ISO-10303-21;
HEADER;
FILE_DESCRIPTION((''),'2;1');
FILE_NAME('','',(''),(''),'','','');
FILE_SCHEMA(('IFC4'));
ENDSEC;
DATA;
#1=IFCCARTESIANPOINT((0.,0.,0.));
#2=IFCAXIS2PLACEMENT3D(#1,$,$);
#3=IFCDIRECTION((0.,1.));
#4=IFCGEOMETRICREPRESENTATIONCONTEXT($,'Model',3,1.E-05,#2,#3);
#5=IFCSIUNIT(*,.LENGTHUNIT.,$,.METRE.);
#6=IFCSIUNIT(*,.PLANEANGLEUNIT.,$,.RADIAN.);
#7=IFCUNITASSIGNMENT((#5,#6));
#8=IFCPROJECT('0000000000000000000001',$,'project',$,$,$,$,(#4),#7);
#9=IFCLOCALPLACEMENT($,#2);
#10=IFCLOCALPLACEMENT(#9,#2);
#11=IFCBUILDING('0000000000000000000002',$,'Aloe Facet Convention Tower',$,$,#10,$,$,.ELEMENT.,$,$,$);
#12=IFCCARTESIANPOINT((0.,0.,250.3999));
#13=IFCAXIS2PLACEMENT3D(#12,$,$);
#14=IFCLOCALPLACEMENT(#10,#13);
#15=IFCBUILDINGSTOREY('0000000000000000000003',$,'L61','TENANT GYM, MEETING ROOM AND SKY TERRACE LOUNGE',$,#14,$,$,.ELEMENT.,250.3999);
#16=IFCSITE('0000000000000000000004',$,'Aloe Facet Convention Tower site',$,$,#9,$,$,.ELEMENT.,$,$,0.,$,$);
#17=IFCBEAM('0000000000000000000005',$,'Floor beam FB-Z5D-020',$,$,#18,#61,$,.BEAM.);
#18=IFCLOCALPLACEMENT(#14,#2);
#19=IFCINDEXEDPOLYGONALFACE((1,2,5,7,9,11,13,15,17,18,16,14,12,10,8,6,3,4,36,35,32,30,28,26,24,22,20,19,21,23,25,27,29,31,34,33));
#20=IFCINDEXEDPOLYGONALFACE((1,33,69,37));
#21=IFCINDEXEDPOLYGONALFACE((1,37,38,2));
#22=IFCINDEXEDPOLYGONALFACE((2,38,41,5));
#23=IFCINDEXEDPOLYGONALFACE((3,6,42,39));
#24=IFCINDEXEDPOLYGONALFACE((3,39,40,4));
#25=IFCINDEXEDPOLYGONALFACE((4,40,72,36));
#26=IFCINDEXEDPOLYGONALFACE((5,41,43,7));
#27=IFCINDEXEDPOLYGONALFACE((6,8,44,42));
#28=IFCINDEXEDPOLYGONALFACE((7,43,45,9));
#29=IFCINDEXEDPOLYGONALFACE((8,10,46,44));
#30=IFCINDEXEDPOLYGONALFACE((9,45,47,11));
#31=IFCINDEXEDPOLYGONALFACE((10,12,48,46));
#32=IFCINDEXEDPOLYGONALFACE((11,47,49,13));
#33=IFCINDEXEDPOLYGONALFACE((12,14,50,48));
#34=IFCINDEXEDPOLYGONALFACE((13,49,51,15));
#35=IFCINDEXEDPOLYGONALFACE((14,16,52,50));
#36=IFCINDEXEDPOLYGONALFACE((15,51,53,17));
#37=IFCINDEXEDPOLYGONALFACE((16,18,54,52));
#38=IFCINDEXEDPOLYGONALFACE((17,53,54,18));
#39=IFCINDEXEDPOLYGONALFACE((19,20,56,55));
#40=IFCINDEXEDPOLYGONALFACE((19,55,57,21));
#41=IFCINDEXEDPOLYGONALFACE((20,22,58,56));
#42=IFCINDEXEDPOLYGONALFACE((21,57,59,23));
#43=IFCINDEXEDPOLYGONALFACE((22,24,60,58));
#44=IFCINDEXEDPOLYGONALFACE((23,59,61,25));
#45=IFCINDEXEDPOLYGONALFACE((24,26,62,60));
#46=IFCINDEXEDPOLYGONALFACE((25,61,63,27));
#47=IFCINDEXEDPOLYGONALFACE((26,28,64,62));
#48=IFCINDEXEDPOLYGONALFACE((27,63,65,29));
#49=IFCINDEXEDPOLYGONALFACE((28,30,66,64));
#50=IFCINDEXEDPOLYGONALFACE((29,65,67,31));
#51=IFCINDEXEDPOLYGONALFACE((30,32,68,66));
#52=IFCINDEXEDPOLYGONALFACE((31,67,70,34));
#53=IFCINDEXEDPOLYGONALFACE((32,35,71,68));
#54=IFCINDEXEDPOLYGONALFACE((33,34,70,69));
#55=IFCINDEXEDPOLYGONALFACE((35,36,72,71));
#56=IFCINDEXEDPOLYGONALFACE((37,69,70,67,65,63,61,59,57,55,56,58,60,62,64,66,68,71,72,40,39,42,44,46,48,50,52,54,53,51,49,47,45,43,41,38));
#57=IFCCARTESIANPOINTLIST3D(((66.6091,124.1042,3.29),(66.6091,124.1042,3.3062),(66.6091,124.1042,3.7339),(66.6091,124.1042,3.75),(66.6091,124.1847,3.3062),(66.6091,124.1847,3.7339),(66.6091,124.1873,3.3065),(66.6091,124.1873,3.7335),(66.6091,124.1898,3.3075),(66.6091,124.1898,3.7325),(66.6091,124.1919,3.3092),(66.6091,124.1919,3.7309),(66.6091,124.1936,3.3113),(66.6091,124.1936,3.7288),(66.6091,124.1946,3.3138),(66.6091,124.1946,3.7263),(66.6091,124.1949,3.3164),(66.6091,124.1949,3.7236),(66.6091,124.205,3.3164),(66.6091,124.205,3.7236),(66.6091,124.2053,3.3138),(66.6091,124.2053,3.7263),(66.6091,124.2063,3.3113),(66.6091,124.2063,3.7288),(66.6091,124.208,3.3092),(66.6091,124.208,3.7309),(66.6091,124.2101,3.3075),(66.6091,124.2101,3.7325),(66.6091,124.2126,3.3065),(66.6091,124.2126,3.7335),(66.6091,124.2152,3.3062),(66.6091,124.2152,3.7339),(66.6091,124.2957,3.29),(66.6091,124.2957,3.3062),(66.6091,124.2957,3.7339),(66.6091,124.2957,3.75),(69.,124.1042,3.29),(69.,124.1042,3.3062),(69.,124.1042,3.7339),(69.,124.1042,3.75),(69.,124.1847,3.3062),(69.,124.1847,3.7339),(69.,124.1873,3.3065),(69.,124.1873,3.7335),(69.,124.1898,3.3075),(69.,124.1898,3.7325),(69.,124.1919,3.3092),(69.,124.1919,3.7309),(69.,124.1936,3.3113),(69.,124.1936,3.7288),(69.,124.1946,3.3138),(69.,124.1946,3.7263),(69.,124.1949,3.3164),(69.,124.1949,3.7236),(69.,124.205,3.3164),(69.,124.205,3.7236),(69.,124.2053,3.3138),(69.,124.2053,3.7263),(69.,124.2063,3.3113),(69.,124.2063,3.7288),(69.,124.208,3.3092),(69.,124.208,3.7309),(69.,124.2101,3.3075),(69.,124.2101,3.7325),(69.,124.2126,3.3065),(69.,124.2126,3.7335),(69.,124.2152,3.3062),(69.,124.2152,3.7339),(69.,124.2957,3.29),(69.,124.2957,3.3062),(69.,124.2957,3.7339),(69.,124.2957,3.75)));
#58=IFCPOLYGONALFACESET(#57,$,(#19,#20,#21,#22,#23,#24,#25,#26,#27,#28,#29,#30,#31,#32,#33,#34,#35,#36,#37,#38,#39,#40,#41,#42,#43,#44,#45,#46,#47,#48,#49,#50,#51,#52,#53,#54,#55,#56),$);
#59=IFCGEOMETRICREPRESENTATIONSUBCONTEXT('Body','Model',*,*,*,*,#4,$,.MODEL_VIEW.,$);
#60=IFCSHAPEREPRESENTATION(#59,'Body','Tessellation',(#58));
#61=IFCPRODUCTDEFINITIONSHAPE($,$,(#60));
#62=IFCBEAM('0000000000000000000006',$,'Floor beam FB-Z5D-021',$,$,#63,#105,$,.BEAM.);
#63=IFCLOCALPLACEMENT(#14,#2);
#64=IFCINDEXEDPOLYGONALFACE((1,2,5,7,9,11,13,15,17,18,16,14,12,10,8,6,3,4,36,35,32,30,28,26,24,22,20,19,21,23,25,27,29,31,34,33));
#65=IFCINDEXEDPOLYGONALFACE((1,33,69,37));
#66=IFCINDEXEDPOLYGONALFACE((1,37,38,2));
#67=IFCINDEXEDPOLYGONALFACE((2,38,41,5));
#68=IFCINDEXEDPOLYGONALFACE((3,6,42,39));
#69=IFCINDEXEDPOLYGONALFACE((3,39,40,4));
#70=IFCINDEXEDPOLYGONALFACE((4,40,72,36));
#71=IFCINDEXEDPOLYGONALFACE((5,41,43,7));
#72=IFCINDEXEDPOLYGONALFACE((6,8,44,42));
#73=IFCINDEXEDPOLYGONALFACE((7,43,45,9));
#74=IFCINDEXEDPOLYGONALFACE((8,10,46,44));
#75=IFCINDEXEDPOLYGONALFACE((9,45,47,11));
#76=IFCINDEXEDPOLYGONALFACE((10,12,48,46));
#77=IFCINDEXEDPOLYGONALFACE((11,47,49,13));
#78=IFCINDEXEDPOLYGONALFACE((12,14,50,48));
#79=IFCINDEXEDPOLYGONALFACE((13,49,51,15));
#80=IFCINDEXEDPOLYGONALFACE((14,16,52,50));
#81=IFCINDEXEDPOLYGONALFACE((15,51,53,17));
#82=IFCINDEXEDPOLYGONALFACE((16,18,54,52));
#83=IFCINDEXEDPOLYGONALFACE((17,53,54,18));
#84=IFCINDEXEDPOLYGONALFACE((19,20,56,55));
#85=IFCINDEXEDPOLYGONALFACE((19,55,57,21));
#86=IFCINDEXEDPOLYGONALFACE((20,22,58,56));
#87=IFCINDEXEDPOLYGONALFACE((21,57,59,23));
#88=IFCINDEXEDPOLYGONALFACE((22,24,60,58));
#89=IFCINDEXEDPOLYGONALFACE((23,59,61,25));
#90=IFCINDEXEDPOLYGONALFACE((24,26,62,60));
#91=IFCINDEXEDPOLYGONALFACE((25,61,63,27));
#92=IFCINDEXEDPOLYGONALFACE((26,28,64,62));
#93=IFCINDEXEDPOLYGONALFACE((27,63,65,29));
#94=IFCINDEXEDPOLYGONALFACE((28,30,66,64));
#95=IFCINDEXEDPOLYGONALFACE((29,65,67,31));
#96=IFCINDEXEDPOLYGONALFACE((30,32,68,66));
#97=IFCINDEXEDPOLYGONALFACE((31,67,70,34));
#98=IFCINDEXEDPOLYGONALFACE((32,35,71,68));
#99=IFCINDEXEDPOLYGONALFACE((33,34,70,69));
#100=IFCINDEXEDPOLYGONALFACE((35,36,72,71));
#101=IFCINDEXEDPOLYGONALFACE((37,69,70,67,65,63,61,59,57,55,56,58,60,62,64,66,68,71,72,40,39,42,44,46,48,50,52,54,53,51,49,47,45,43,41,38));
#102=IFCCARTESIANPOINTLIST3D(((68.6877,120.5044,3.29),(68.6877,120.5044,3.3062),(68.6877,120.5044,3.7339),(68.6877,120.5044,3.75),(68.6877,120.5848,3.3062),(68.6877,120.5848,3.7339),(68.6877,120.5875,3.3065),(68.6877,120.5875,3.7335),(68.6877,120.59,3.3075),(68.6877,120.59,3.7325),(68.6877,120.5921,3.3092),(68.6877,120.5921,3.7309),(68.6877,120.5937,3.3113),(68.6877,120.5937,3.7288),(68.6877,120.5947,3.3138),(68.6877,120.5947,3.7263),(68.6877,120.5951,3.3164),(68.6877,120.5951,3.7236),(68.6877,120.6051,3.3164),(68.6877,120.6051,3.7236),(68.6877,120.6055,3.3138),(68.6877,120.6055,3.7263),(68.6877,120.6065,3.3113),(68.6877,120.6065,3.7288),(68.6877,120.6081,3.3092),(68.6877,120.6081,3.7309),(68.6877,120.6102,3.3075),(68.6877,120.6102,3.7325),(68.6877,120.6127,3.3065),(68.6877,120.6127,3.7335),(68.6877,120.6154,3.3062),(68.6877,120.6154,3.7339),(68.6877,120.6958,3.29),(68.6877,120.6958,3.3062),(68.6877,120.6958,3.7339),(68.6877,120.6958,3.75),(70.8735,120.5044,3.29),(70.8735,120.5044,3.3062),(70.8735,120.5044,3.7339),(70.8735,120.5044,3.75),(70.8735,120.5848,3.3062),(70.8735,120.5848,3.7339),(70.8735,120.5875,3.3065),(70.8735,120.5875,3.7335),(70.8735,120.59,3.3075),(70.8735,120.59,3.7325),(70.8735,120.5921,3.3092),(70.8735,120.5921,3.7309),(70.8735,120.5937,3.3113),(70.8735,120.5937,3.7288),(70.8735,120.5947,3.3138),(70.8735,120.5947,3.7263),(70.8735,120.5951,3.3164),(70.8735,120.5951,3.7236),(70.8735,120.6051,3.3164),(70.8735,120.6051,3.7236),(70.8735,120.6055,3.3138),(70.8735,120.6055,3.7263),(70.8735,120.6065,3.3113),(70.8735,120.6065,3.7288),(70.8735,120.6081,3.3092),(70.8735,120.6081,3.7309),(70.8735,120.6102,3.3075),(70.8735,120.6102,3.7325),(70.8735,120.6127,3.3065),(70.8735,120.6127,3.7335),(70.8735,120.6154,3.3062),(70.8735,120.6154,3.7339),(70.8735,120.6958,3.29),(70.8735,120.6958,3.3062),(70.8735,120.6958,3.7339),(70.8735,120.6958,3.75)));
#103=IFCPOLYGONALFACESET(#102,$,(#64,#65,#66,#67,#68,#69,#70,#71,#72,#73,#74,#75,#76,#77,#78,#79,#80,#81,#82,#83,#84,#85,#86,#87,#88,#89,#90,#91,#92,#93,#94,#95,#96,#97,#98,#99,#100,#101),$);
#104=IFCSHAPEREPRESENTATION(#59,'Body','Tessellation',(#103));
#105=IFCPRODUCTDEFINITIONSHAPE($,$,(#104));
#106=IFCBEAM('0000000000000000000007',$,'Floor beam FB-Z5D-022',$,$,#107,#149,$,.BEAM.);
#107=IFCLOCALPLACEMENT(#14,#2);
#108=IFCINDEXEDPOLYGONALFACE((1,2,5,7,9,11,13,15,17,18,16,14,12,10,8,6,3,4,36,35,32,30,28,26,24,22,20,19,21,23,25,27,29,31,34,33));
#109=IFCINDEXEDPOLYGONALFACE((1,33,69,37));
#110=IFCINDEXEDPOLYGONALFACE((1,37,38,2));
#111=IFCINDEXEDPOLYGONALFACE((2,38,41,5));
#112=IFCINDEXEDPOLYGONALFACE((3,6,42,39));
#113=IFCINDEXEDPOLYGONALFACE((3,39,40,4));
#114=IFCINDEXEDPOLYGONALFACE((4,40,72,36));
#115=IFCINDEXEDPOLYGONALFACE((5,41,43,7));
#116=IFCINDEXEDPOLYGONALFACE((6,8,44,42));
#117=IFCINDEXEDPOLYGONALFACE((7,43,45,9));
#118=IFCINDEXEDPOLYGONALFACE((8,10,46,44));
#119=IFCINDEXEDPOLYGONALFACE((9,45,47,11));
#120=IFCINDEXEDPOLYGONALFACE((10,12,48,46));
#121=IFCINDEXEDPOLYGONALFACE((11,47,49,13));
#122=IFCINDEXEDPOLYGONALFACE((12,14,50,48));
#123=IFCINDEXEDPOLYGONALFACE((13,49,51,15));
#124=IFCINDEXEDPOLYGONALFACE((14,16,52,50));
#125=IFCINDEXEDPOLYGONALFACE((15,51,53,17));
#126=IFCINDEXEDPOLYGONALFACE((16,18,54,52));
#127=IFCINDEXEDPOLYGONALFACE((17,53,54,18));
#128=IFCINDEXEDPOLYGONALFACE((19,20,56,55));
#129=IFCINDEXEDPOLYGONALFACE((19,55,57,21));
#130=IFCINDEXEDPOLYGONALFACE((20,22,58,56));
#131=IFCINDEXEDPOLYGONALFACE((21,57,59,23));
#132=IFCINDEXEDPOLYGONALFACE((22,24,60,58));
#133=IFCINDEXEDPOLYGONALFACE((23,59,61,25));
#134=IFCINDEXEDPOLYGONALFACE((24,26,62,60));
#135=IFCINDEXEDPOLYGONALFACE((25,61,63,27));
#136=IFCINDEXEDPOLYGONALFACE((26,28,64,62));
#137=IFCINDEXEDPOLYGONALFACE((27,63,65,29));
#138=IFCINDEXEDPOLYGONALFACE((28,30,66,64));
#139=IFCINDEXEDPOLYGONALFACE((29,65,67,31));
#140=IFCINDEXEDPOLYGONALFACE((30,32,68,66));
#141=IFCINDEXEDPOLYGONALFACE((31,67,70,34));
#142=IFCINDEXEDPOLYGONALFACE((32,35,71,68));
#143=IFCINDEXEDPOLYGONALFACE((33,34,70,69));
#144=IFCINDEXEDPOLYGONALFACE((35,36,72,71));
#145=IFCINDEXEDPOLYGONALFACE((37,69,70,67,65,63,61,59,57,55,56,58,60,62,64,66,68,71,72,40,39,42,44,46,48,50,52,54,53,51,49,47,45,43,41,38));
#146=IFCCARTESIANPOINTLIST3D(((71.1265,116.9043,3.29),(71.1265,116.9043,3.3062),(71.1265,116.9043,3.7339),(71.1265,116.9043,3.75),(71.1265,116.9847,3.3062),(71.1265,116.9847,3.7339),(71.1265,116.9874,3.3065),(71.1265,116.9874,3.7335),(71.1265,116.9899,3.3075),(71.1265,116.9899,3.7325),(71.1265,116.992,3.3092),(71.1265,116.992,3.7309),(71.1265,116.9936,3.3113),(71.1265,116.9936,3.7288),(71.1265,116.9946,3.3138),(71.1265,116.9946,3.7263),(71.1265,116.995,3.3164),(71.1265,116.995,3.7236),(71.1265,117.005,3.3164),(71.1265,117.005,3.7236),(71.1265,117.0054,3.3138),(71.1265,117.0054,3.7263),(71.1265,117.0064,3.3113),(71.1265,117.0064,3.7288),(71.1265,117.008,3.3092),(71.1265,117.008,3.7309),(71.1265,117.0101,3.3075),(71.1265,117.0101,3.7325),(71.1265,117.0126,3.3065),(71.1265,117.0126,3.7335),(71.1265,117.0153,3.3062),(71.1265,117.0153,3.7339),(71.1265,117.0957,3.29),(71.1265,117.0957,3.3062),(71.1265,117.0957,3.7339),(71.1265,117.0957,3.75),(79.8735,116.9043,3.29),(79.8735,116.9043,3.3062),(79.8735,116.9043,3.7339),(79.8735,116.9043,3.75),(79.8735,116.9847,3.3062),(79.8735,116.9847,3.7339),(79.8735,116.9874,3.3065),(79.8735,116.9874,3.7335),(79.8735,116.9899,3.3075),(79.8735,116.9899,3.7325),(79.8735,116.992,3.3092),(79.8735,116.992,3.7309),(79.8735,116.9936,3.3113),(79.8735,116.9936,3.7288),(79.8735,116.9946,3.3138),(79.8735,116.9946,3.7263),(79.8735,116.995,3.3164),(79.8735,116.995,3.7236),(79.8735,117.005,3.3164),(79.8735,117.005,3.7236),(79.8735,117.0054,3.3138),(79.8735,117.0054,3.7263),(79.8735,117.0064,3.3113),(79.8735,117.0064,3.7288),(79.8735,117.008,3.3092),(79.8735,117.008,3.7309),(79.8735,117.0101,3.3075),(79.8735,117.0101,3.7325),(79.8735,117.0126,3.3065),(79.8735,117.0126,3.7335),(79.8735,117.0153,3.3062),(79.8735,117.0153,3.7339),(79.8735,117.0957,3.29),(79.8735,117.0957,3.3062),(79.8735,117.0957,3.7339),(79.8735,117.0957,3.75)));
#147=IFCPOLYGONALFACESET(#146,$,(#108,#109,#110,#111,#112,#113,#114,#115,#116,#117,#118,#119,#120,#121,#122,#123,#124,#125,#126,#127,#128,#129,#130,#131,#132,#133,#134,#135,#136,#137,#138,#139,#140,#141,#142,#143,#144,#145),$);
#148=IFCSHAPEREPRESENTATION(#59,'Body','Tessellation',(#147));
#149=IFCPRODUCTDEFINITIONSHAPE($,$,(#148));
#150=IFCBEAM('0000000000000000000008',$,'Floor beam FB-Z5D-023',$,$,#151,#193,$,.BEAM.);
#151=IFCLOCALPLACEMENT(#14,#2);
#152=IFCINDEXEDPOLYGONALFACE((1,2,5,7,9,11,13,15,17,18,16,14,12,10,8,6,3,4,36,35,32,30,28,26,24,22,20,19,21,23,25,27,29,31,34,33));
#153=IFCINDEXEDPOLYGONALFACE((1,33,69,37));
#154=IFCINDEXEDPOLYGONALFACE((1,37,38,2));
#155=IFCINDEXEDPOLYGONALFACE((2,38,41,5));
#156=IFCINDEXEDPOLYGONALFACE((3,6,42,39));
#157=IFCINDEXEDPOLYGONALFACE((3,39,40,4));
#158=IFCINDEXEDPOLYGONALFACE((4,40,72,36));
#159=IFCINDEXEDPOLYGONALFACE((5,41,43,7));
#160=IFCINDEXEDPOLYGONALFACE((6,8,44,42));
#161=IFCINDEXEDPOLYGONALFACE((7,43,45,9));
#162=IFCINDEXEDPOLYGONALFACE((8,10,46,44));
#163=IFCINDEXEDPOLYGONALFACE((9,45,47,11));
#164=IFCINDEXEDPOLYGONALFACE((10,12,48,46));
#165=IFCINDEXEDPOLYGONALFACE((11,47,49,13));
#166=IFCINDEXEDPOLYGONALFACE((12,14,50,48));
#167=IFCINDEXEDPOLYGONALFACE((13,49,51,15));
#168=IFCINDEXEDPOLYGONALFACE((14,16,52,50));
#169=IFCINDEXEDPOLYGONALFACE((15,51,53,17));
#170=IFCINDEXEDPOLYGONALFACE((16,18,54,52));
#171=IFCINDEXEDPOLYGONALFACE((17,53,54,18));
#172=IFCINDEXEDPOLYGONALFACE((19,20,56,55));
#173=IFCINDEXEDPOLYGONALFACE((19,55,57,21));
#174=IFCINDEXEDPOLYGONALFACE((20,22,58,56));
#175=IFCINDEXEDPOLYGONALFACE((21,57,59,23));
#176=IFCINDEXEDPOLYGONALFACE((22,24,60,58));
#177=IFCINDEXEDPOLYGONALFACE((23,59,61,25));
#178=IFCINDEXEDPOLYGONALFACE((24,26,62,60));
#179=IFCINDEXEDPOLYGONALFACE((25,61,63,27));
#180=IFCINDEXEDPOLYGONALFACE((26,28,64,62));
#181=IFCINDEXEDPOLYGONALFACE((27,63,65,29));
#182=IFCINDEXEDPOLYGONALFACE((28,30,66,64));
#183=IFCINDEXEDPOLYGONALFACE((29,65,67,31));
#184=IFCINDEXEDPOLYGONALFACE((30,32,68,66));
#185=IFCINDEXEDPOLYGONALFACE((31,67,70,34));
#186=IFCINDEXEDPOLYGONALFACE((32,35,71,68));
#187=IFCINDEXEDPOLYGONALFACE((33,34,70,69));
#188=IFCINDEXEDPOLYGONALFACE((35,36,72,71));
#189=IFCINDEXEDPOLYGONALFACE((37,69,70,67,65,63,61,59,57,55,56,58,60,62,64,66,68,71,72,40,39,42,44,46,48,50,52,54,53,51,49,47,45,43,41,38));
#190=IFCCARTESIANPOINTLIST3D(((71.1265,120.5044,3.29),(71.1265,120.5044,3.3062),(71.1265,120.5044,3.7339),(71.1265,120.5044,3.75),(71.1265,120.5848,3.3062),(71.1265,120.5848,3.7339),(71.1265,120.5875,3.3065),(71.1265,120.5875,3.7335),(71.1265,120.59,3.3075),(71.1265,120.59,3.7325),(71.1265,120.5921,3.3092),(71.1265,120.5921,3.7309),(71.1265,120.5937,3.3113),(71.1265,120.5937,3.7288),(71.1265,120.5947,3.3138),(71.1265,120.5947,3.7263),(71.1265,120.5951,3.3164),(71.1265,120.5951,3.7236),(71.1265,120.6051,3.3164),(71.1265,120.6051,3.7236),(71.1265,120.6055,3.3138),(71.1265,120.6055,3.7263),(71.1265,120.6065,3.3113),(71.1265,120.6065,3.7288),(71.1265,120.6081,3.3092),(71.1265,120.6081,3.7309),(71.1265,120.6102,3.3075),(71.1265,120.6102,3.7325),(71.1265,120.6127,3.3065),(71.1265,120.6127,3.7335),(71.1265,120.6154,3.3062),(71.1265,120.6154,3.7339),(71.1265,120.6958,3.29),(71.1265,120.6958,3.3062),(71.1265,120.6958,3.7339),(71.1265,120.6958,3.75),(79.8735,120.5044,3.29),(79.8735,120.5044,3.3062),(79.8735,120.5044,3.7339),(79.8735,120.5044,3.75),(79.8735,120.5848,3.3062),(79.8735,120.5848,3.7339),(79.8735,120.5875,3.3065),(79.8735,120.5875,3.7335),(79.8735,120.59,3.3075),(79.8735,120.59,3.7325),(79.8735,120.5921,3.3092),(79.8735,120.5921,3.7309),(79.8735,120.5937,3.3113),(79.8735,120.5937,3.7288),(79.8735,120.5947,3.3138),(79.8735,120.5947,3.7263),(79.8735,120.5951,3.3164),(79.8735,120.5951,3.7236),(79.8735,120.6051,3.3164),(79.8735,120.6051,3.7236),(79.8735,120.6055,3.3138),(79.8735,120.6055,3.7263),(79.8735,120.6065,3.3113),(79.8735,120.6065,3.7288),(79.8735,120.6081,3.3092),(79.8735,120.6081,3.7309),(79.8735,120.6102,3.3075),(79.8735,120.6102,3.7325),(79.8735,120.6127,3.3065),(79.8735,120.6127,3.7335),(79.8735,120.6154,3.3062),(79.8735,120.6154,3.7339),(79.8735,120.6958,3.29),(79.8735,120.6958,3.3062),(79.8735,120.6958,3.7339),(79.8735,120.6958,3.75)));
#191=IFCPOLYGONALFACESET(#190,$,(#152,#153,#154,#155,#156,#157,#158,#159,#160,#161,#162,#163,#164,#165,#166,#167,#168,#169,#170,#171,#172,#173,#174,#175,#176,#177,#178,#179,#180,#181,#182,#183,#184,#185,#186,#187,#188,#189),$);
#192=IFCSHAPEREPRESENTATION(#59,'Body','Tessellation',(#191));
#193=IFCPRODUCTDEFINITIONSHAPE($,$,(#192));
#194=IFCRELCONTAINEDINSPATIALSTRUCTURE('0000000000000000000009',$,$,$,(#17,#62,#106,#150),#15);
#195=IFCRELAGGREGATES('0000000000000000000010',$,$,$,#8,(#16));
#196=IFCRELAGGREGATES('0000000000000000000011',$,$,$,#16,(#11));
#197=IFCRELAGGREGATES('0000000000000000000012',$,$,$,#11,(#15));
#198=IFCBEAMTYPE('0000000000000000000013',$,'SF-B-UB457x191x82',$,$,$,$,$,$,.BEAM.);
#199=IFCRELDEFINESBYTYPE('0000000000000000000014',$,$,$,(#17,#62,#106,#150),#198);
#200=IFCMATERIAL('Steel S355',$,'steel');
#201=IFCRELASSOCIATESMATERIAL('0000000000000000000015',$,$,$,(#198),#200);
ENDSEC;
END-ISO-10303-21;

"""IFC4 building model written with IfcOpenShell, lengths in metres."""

from ifc_helpers import new_model, si_unit, direction, frame, origin, origin_2d, place, context, subcontext, project, spatial, i_section, extrude, material, material_profile, profile_set, type_object, element, save


model = new_model("IFC4")

# Units and contexts
model_context = context("Model", 3, precision=1e-05, world=origin(), true_north=direction((0.0, 1.0)))
body_context = subcontext(model_context, "Body", "Model", "MODEL_VIEW")
ifc_project = project(units=[si_unit("LENGTHUNIT", "METRE"), si_unit("PLANEANGLEUNIT", "RADIAN")], contexts=[model_context])

# Site, building, storey
site_placement = place(None, origin())
site = spatial("IfcSite", under=ifc_project, at=site_placement, Name="Aloe Facet Convention Tower site", CompositionType="ELEMENT", RefElevation=0.0)
building_placement = place(site_placement, origin())
building = spatial("IfcBuilding", under=site, at=building_placement, Name="Aloe Facet Convention Tower", CompositionType="ELEMENT")
storey_placement = place(building_placement, frame((0.0, 0.0, 250.3999)))
storey = spatial("IfcBuildingStorey", under=building, at=storey_placement, Name="L61", Description="TENANT GYM, MEETING ROOM AND SKY TERRACE LOUNGE", CompositionType="ELEMENT", Elevation=250.3999)

# Beams
ifc_material_1 = material(Name="Steel S355", Category="steel")
ifc_material_profile_1 = material_profile(ifc_material_1, i_section(OverallWidth=0.1914, OverallDepth=0.46, WebThickness=0.01, FlangeThickness=0.0161, FilletRadius=0.0103, at=origin_2d()), Name="UB 457x191x82")
ifc_profile_set_1 = profile_set([ifc_material_profile_1], Name="Steel S355")
beam_type_1 = type_object("IfcBeamType", Name="SF-B-UB457x191x82", PredefinedType="BEAM", material=ifc_profile_set_1)
beam_1_placement = place(storey_placement, frame((66.6091, 124.2, 3.52), z_axis=(1.0, 0.0, 0.0), x_axis=(0.0, 1.0, 0.0)))
element("IfcBeam", 1, at=beam_1_placement, inside=storey, type_object=beam_type_1, Name="Floor beam FB-Z5D-020", PredefinedType="BEAM", context=body_context, shape_type="SweptSolid", body=[
    extrude(i_section(OverallWidth=0.1914, OverallDepth=0.46, WebThickness=0.01, FlangeThickness=0.0161, FilletRadius=0.0103, at=origin_2d()), origin(), (0.0, 0.0, 1.0), 2.3909),
])
beam_2_placement = place(storey_placement, frame((68.6877, 120.6001, 3.52), z_axis=(1.0, 0.0, 0.0), x_axis=(0.0, 1.0, 0.0)))
element("IfcBeam", 2, at=beam_2_placement, inside=storey, type_object=beam_type_1, Name="Floor beam FB-Z5D-021", PredefinedType="BEAM", context=body_context, shape_type="SweptSolid", body=[
    extrude(i_section(OverallWidth=0.1914, OverallDepth=0.46, WebThickness=0.01, FlangeThickness=0.0161, FilletRadius=0.0103, at=origin_2d()), origin(), (0.0, 0.0, 1.0), 2.1858),
])
for number, where, z_axis, x_axis, name in (
    (3, (71.1265, 117.0, 3.52), (1.0, 0.0, 0.0), (0.0, 1.0, 0.0), "Floor beam FB-Z5D-022"),
    (4, (71.1265, 120.6001, 3.52), (1.0, 0.0, 0.0), (0.0, 1.0, 0.0), "Floor beam FB-Z5D-023"),
):
    element("IfcBeam", number, at=place(storey_placement, frame(where, z_axis=z_axis, x_axis=x_axis)), inside=storey, type_object=beam_type_1, Name=name, PredefinedType="BEAM", context=body_context, shape_type="SweptSolid", body=[
        extrude(i_section(OverallWidth=0.1914, OverallDepth=0.46, WebThickness=0.01, FlangeThickness=0.0161, FilletRadius=0.0103, at=origin_2d()), origin(), (0.0, 0.0, 1.0), 8.7471),
    ])

save(model, "model.ifc")
